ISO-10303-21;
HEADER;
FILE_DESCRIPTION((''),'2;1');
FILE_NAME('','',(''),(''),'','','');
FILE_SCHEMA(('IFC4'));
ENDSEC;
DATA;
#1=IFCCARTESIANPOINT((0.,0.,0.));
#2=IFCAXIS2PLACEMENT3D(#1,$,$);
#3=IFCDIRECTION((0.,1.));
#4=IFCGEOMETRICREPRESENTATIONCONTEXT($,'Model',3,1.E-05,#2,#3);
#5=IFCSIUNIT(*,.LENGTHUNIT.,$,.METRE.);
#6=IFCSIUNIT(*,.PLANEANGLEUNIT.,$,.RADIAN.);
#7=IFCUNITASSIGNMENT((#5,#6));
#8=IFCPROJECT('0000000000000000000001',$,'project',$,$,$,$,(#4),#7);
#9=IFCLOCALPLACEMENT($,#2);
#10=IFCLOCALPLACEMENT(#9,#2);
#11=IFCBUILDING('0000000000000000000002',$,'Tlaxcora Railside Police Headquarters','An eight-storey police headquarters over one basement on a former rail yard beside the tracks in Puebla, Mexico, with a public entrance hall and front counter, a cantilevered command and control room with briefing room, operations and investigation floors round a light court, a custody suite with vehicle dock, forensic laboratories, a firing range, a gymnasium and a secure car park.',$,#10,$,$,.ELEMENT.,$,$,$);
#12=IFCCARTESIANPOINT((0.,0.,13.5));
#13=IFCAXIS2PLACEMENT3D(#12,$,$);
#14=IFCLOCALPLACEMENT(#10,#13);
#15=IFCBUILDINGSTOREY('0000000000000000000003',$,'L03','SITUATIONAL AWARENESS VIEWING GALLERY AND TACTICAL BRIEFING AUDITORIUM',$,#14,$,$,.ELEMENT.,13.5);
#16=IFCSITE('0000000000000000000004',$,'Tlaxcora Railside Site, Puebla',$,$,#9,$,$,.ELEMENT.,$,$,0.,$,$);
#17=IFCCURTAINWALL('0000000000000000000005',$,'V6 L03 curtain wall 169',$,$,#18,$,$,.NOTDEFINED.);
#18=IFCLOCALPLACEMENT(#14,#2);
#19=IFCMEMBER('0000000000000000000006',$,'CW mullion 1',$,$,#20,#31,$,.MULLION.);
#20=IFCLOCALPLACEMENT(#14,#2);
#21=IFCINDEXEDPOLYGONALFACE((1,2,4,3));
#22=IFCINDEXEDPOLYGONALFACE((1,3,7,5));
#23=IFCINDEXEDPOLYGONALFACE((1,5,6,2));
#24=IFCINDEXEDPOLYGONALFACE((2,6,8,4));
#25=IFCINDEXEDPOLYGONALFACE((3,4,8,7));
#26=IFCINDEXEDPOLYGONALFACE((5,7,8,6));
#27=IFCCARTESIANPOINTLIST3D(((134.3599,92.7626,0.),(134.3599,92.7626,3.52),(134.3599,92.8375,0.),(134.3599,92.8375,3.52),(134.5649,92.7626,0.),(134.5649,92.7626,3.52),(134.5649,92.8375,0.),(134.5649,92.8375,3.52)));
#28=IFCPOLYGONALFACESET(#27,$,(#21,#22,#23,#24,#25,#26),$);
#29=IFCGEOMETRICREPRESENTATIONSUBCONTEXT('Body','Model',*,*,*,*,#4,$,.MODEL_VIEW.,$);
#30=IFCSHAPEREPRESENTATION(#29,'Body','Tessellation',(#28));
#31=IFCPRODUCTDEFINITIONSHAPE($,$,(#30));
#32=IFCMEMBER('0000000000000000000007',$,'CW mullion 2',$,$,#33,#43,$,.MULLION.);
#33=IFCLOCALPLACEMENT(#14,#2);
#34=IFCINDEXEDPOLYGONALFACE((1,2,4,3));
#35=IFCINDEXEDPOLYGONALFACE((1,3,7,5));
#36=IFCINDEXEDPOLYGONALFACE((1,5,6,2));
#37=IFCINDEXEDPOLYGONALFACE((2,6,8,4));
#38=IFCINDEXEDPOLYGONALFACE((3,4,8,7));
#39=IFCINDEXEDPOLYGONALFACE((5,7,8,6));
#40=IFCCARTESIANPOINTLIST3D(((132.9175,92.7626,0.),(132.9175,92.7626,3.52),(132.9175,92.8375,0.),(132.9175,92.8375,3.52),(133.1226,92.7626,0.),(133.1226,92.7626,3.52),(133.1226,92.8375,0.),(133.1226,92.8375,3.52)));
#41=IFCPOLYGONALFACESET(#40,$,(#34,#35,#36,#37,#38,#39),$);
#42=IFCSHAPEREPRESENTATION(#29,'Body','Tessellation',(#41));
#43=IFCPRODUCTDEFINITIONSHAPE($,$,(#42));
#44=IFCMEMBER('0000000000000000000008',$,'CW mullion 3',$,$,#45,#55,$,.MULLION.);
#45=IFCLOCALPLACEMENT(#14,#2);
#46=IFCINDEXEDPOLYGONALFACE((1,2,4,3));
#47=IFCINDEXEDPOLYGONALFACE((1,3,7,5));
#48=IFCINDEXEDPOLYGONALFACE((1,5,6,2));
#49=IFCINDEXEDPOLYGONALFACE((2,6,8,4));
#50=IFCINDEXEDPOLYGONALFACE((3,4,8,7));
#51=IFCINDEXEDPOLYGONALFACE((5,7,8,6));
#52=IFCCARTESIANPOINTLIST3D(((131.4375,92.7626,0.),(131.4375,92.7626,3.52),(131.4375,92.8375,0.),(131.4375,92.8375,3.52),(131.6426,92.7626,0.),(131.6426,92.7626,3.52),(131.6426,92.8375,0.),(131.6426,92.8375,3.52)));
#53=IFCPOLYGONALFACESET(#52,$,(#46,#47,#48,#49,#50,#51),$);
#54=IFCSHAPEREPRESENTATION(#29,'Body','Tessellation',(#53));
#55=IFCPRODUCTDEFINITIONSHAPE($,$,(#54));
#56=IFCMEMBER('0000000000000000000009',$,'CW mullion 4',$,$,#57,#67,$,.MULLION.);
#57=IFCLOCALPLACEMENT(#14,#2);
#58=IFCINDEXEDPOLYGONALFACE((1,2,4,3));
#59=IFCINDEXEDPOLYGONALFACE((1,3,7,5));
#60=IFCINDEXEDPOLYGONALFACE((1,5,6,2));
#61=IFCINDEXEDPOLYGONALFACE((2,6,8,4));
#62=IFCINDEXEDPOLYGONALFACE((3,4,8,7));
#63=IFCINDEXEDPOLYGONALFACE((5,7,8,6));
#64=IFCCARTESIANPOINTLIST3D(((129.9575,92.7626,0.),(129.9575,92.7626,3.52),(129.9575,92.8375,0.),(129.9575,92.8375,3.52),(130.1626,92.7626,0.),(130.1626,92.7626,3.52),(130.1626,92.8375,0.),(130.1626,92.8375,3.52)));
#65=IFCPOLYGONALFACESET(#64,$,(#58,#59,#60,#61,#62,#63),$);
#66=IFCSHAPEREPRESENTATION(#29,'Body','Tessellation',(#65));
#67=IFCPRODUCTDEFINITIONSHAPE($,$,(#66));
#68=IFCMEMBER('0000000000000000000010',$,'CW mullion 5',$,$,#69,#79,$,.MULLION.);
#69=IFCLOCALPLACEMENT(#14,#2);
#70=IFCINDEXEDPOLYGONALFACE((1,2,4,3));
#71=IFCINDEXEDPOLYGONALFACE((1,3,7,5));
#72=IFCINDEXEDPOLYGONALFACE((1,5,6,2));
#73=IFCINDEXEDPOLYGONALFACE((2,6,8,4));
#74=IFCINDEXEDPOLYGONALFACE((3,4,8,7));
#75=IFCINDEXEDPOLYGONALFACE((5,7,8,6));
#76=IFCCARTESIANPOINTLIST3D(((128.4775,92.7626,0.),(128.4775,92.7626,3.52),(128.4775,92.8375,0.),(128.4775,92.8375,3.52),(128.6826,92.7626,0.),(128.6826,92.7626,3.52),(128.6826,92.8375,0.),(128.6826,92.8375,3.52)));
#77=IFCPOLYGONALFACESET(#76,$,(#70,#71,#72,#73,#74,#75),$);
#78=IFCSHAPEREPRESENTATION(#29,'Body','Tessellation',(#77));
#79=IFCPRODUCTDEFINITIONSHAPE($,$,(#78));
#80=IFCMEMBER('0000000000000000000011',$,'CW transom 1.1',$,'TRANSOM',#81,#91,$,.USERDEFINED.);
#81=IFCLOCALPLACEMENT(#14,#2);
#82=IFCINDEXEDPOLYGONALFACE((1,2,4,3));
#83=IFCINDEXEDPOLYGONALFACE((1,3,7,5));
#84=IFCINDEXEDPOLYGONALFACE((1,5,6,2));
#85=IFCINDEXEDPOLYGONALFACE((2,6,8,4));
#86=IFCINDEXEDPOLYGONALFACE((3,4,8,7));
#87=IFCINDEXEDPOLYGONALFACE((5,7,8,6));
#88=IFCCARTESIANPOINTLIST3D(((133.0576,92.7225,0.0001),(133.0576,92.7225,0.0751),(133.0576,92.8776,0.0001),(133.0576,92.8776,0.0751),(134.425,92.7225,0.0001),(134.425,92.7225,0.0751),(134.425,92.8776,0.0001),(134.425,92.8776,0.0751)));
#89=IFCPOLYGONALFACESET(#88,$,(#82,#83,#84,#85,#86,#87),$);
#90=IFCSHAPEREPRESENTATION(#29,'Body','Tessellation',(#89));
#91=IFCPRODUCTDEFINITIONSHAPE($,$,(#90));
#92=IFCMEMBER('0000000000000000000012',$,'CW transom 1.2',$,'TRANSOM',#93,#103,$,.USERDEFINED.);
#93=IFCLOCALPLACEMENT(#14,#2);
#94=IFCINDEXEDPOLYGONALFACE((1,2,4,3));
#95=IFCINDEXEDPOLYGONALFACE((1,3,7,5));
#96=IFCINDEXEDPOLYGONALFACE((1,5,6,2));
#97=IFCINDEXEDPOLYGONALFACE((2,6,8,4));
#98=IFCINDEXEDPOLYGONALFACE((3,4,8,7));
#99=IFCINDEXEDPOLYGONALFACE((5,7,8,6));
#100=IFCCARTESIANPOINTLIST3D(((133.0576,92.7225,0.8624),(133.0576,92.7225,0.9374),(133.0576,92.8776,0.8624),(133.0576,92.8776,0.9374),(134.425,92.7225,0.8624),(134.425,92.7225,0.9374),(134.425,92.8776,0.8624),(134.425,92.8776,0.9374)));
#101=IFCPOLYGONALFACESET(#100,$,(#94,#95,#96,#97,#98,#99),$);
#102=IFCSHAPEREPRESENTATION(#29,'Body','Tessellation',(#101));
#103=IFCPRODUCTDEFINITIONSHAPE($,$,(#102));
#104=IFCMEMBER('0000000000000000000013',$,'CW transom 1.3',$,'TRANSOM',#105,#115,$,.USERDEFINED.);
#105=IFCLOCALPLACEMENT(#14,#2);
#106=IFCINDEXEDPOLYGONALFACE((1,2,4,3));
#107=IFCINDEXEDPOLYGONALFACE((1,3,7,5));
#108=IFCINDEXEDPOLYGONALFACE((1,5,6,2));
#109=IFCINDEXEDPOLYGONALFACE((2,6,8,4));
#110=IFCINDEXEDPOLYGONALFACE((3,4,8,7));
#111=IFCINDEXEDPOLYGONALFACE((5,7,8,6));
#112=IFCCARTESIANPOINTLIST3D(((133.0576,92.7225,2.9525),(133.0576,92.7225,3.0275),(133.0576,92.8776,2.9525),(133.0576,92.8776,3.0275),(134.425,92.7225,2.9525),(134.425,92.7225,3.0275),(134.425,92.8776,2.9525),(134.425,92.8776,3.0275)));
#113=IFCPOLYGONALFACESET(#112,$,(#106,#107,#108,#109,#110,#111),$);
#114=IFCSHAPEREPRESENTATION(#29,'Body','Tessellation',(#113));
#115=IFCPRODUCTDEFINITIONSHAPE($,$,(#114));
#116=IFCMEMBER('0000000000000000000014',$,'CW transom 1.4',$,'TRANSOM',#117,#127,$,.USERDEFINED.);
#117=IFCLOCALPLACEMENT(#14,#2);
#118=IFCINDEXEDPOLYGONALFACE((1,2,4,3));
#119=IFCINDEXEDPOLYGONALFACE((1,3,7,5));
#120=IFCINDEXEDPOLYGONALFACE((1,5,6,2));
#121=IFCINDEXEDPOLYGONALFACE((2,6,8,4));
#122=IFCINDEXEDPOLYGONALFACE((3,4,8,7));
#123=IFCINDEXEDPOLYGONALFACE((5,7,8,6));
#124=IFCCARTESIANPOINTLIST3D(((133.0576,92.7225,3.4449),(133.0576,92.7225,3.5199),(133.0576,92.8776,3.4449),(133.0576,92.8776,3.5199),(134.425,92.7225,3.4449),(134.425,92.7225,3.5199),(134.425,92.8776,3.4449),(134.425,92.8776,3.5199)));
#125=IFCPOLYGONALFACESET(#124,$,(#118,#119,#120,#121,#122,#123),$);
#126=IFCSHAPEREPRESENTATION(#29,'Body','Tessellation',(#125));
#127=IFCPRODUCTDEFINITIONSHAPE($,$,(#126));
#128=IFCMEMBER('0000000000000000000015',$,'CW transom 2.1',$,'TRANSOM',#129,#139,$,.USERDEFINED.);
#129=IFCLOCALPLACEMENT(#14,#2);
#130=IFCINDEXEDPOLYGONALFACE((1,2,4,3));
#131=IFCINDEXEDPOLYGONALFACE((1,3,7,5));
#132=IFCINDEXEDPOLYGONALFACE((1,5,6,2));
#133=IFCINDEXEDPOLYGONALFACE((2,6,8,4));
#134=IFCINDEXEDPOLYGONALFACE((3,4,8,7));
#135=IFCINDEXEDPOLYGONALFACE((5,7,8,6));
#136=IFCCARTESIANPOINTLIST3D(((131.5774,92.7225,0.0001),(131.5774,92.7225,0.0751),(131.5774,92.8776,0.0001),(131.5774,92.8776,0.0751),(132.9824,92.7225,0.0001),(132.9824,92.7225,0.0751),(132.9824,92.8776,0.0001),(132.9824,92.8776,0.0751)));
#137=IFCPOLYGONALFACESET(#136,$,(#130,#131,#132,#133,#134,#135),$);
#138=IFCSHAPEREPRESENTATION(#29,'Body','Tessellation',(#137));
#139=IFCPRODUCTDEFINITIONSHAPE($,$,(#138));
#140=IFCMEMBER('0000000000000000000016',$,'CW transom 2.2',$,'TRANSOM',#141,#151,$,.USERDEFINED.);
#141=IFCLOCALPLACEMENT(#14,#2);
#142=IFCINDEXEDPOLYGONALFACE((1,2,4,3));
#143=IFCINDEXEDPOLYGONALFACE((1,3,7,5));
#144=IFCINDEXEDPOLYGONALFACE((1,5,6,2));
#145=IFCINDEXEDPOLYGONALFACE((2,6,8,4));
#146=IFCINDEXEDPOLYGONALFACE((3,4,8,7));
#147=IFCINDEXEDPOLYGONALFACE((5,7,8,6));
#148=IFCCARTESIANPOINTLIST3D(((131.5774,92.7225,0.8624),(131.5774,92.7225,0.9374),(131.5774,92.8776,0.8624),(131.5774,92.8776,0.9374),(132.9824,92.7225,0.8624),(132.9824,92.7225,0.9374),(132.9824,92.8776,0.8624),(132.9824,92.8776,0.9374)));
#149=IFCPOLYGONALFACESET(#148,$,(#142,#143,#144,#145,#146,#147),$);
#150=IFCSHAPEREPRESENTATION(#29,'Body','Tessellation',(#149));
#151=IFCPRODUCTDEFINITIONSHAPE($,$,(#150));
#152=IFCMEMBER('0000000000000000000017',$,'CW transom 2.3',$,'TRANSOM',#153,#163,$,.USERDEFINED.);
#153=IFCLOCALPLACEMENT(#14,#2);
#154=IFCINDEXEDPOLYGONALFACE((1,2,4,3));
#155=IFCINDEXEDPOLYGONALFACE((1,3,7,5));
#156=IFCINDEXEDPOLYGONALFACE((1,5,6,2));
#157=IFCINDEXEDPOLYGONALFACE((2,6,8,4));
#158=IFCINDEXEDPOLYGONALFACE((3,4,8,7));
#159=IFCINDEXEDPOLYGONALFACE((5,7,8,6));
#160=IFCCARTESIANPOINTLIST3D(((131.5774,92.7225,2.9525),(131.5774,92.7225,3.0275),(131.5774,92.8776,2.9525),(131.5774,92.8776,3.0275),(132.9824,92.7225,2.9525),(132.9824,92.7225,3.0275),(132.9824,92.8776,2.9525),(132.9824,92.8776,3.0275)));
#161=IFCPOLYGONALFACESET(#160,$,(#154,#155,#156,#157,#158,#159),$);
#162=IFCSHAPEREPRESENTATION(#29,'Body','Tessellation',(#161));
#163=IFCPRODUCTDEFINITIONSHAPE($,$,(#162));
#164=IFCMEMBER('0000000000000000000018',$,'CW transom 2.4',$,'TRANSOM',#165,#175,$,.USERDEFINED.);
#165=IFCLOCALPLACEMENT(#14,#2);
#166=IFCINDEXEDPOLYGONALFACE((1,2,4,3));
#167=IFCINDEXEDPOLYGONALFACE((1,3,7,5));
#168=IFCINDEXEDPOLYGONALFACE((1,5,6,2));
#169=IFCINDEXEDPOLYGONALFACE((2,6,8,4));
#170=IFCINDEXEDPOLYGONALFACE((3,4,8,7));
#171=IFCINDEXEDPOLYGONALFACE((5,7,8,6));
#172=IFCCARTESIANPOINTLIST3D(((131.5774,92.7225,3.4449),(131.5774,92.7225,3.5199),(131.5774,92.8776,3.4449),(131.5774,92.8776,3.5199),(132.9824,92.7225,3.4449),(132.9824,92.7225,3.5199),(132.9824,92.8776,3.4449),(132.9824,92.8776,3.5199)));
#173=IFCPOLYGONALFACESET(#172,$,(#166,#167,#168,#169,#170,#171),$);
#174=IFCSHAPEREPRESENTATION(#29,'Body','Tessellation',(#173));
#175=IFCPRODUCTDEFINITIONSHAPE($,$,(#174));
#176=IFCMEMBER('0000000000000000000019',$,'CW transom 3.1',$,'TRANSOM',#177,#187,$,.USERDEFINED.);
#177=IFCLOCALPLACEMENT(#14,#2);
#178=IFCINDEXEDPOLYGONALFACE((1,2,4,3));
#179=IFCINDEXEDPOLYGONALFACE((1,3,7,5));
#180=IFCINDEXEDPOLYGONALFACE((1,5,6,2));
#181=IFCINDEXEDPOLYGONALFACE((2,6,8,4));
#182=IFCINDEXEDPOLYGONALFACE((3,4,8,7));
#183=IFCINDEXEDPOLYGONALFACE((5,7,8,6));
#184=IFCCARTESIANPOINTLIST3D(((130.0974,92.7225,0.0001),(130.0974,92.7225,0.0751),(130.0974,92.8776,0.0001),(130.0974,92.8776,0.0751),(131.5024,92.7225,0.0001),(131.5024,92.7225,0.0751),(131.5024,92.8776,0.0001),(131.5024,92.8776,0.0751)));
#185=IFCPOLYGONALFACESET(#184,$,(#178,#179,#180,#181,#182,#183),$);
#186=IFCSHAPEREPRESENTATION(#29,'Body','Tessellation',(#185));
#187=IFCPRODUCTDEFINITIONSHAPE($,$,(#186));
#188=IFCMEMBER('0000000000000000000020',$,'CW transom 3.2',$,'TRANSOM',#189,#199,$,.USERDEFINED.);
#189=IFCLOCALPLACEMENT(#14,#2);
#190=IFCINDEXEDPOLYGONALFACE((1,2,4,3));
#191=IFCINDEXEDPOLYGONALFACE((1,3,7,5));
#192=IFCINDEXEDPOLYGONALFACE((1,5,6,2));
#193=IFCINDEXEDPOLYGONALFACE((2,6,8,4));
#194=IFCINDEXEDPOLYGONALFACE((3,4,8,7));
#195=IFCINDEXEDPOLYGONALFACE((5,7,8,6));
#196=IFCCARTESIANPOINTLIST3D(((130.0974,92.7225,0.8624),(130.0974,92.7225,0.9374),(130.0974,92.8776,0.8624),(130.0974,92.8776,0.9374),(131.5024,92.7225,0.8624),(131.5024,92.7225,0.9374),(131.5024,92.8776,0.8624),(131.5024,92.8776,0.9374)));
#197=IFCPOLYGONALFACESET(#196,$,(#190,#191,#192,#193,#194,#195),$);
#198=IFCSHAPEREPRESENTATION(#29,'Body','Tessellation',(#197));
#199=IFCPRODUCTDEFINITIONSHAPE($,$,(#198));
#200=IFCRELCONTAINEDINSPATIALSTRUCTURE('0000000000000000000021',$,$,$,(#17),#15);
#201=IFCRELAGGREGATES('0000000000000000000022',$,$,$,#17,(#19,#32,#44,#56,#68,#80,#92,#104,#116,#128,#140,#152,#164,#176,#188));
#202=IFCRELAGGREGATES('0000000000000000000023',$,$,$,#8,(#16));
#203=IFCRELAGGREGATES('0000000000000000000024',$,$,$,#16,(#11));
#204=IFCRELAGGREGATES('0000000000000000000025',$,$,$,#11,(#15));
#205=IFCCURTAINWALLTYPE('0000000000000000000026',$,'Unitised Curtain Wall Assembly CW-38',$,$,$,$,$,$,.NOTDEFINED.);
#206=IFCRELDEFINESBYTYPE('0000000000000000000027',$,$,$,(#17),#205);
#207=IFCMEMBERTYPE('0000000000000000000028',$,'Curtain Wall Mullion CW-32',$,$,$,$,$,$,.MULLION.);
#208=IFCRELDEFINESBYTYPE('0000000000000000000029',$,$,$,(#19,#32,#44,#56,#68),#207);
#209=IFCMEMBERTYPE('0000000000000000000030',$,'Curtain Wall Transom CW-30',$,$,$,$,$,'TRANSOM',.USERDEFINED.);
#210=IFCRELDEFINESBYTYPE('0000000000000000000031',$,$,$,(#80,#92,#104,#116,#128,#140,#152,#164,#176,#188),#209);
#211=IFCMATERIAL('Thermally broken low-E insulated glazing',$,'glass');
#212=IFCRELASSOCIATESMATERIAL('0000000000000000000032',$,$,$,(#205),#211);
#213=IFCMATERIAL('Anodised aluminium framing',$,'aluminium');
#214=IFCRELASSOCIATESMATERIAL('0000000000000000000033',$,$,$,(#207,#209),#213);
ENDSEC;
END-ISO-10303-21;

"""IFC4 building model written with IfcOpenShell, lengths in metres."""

from ifc_helpers import new_model, si_unit, direction, frame, origin, origin_2d, place, context, subcontext, project, spatial, rectangle, extrude, material, material_profile, profile_set, type_object, element, aggregate, save


model = new_model("IFC4")

# Units and contexts
model_context = context("Model", 3, precision=1e-05, world=origin(), true_north=direction((0.0, 1.0)))
body_context = subcontext(model_context, "Body", "Model", "MODEL_VIEW")
ifc_project = project(units=[si_unit("LENGTHUNIT", "METRE"), si_unit("PLANEANGLEUNIT", "RADIAN")], contexts=[model_context])

# Site, building, storey
site_placement = place(None, origin())
site = spatial("IfcSite", under=ifc_project, at=site_placement, Name="Tlaxcora Railside Site, Puebla", CompositionType="ELEMENT", RefElevation=0.0)
building_placement = place(site_placement, origin())
building = spatial("IfcBuilding", under=site, at=building_placement, Name="Tlaxcora Railside Police Headquarters", Description="An eight-storey police headquarters over one basement on a former rail yard beside the tracks in Puebla, Mexico, with a public entrance hall and front counter, a cantilevered command and control room with briefing room, operations and investigation floors round a light court, a custody suite with vehicle dock, forensic laboratories, a firing range, a gymnasium and a secure car park.", CompositionType="ELEMENT")
storey_placement = place(building_placement, frame((0.0, 0.0, 13.5)))
storey = spatial("IfcBuildingStorey", under=building, at=storey_placement, Name="L03", Description="SITUATIONAL AWARENESS VIEWING GALLERY AND TACTICAL BRIEFING AUDITORIUM", CompositionType="ELEMENT", Elevation=13.5)

# Curtain wall, members
ifc_material_1 = material(Name="Thermally broken low-E insulated glazing", Category="glass")
curtain_wall_type = type_object("IfcCurtainWallType", Name="Unitised Curtain Wall Assembly CW-38", PredefinedType="NOTDEFINED", material=ifc_material_1)
curtain_wall_placement = place(storey_placement, origin())
curtain_wall = element("IfcCurtainWall", 1, at=curtain_wall_placement, inside=storey, type_object=curtain_wall_type, Name="V6 L03 curtain wall 169", PredefinedType="NOTDEFINED")
ifc_material_2 = material(Name="Anodised aluminium framing", Category="aluminium")
ifc_material_profile_1 = material_profile(ifc_material_2, rectangle(XDim=0.075, YDim=0.2051, at=origin_2d()), Name="AL75X205")
ifc_profile_set_1 = profile_set([ifc_material_profile_1], Name="Anodised aluminium framing")
member_type_1 = type_object("IfcMemberType", Name="Curtain Wall Mullion CW-32", PredefinedType="MULLION", material=ifc_profile_set_1)
member_1_placement = place(storey_placement, frame((134.4624, 92.8, 0.0), z_axis=(0.0, 0.0, 1.0), x_axis=(0.0, -1.0, 0.0)))
member_1 = element("IfcMember", 2, at=member_1_placement, type_object=member_type_1, Name="CW mullion 1", PredefinedType="MULLION", context=body_context, shape_type="SweptSolid", body=[
    extrude(rectangle(XDim=0.075, YDim=0.2051, at=origin_2d()), origin(), (0.0, 0.0, 1.0), 3.52),
])
member_2_placement = place(storey_placement, frame((133.02, 92.8, 0.0), z_axis=(0.0, 0.0, 1.0), x_axis=(0.0, -1.0, 0.0)))
member_2 = element("IfcMember", 3, at=member_2_placement, type_object=member_type_1, Name="CW mullion 2", PredefinedType="MULLION", context=body_context, shape_type="SweptSolid", body=[
    extrude(rectangle(XDim=0.075, YDim=0.2051, at=origin_2d()), origin(), (0.0, 0.0, 1.0), 3.52),
])
member_3_placement = place(storey_placement, frame((131.54, 92.8, 0.0), z_axis=(0.0, 0.0, 1.0), x_axis=(0.0, -1.0, 0.0)))
member_3 = element("IfcMember", 4, at=member_3_placement, type_object=member_type_1, Name="CW mullion 3", PredefinedType="MULLION", context=body_context, shape_type="SweptSolid", body=[
    extrude(rectangle(XDim=0.075, YDim=0.2051, at=origin_2d()), origin(), (0.0, 0.0, 1.0), 3.52),
])
member_4_placement = place(storey_placement, frame((130.0601, 92.8, 0.0), z_axis=(0.0, 0.0, 1.0), x_axis=(0.0, -1.0, 0.0)))
member_4 = element("IfcMember", 5, at=member_4_placement, type_object=member_type_1, Name="CW mullion 4", PredefinedType="MULLION", context=body_context, shape_type="SweptSolid", body=[
    extrude(rectangle(XDim=0.075, YDim=0.2051, at=origin_2d()), origin(), (0.0, 0.0, 1.0), 3.52),
])
member_5_placement = place(storey_placement, frame((128.5801, 92.8, 0.0), z_axis=(0.0, 0.0, 1.0), x_axis=(0.0, -1.0, 0.0)))
member_5 = element("IfcMember", 6, at=member_5_placement, type_object=member_type_1, Name="CW mullion 5", PredefinedType="MULLION", context=body_context, shape_type="SweptSolid", body=[
    extrude(rectangle(XDim=0.075, YDim=0.2051, at=origin_2d()), origin(), (0.0, 0.0, 1.0), 3.52),
])
ifc_material_profile_2 = material_profile(ifc_material_2, rectangle(XDim=0.155, YDim=0.075, at=origin_2d()), Name="AL75X155")
ifc_profile_set_2 = profile_set([ifc_material_profile_2], Name="Anodised aluminium framing")
member_type_2 = type_object("IfcMemberType", Name="Curtain Wall Transom CW-30", ElementType="TRANSOM", PredefinedType="USERDEFINED", material=ifc_profile_set_2)
member_6_placement = place(storey_placement, frame((134.425, 92.8, 0.0376), z_axis=(-1.0, 0.0, 0.0), x_axis=(0.0, -1.0, 0.0)))
member_6 = element("IfcMember", 7, at=member_6_placement, type_object=member_type_2, Name="CW transom 1.1", ObjectType="TRANSOM", PredefinedType="USERDEFINED", context=body_context, shape_type="SweptSolid", body=[
    extrude(rectangle(XDim=0.155, YDim=0.075, at=origin_2d()), origin(), (0.0, 0.0, 1.0), 1.3674),
])
member_7_placement = place(storey_placement, frame((134.425, 92.8, 0.8999), z_axis=(-1.0, 0.0, 0.0), x_axis=(0.0, -1.0, 0.0)))
member_7 = element("IfcMember", 8, at=member_7_placement, type_object=member_type_2, Name="CW transom 1.2", ObjectType="TRANSOM", PredefinedType="USERDEFINED", context=body_context, shape_type="SweptSolid", body=[
    extrude(rectangle(XDim=0.155, YDim=0.075, at=origin_2d()), origin(), (0.0, 0.0, 1.0), 1.3674),
])
member_8_placement = place(storey_placement, frame((134.425, 92.8, 2.99), z_axis=(-1.0, 0.0, 0.0), x_axis=(0.0, -1.0, 0.0)))
member_8 = element("IfcMember", 9, at=member_8_placement, type_object=member_type_2, Name="CW transom 1.3", ObjectType="TRANSOM", PredefinedType="USERDEFINED", context=body_context, shape_type="SweptSolid", body=[
    extrude(rectangle(XDim=0.155, YDim=0.075, at=origin_2d()), origin(), (0.0, 0.0, 1.0), 1.3674),
])
member_9_placement = place(storey_placement, frame((134.425, 92.8, 3.4824), z_axis=(-1.0, 0.0, 0.0), x_axis=(0.0, -1.0, 0.0)))
member_9 = element("IfcMember", 10, at=member_9_placement, type_object=member_type_2, Name="CW transom 1.4", ObjectType="TRANSOM", PredefinedType="USERDEFINED", context=body_context, shape_type="SweptSolid", body=[
    extrude(rectangle(XDim=0.155, YDim=0.075, at=origin_2d()), origin(), (0.0, 0.0, 1.0), 1.3674),
])
member_10_placement = place(storey_placement, frame((132.9824, 92.8, 0.0376), z_axis=(-1.0, 0.0, 0.0), x_axis=(0.0, -1.0, 0.0)))
member_10 = element("IfcMember", 11, at=member_10_placement, type_object=member_type_2, Name="CW transom 2.1", ObjectType="TRANSOM", PredefinedType="USERDEFINED", context=body_context, shape_type="SweptSolid", body=[
    extrude(rectangle(XDim=0.155, YDim=0.075, at=origin_2d()), origin(), (0.0, 0.0, 1.0), 1.405),
])
member_11_placement = place(storey_placement, frame((132.9824, 92.8, 0.8999), z_axis=(-1.0, 0.0, 0.0), x_axis=(0.0, -1.0, 0.0)))
member_11 = element("IfcMember", 12, at=member_11_placement, type_object=member_type_2, Name="CW transom 2.2", ObjectType="TRANSOM", PredefinedType="USERDEFINED", context=body_context, shape_type="SweptSolid", body=[
    extrude(rectangle(XDim=0.155, YDim=0.075, at=origin_2d()), origin(), (0.0, 0.0, 1.0), 1.405),
])
member_12_placement = place(storey_placement, frame((132.9824, 92.8, 2.99), z_axis=(-1.0, 0.0, 0.0), x_axis=(0.0, -1.0, 0.0)))
member_12 = element("IfcMember", 13, at=member_12_placement, type_object=member_type_2, Name="CW transom 2.3", ObjectType="TRANSOM", PredefinedType="USERDEFINED", context=body_context, shape_type="SweptSolid", body=[
    extrude(rectangle(XDim=0.155, YDim=0.075, at=origin_2d()), origin(), (0.0, 0.0, 1.0), 1.405),
])
member_13_placement = place(storey_placement, frame((132.9824, 92.8, 3.4824), z_axis=(-1.0, 0.0, 0.0), x_axis=(0.0, -1.0, 0.0)))
member_13 = element("IfcMember", 14, at=member_13_placement, type_object=member_type_2, Name="CW transom 2.4", ObjectType="TRANSOM", PredefinedType="USERDEFINED", context=body_context, shape_type="SweptSolid", body=[
    extrude(rectangle(XDim=0.155, YDim=0.075, at=origin_2d()), origin(), (0.0, 0.0, 1.0), 1.405),
])
member_14_placement = place(storey_placement, frame((131.5024, 92.8, 0.0376), z_axis=(-1.0, 0.0, 0.0), x_axis=(0.0, -1.0, 0.0)))
member_14 = element("IfcMember", 15, at=member_14_placement, type_object=member_type_2, Name="CW transom 3.1", ObjectType="TRANSOM", PredefinedType="USERDEFINED", context=body_context, shape_type="SweptSolid", body=[
    extrude(rectangle(XDim=0.155, YDim=0.075, at=origin_2d()), origin(), (0.0, 0.0, 1.0), 1.405),
])
member_15_placement = place(storey_placement, frame((131.5024, 92.8, 0.8999), z_axis=(-1.0, 0.0, 0.0), x_axis=(0.0, -1.0, 0.0)))
member_15 = element("IfcMember", 16, at=member_15_placement, type_object=member_type_2, Name="CW transom 3.2", ObjectType="TRANSOM", PredefinedType="USERDEFINED", context=body_context, shape_type="SweptSolid", body=[
    extrude(rectangle(XDim=0.155, YDim=0.075, at=origin_2d()), origin(), (0.0, 0.0, 1.0), 1.405),
])
aggregate(curtain_wall, [member_1, member_2, member_3, member_4, member_5, member_6, member_7, member_8, member_9, member_10, member_11, member_12, member_13, member_14, member_15])

save(model, "model.ifc")
